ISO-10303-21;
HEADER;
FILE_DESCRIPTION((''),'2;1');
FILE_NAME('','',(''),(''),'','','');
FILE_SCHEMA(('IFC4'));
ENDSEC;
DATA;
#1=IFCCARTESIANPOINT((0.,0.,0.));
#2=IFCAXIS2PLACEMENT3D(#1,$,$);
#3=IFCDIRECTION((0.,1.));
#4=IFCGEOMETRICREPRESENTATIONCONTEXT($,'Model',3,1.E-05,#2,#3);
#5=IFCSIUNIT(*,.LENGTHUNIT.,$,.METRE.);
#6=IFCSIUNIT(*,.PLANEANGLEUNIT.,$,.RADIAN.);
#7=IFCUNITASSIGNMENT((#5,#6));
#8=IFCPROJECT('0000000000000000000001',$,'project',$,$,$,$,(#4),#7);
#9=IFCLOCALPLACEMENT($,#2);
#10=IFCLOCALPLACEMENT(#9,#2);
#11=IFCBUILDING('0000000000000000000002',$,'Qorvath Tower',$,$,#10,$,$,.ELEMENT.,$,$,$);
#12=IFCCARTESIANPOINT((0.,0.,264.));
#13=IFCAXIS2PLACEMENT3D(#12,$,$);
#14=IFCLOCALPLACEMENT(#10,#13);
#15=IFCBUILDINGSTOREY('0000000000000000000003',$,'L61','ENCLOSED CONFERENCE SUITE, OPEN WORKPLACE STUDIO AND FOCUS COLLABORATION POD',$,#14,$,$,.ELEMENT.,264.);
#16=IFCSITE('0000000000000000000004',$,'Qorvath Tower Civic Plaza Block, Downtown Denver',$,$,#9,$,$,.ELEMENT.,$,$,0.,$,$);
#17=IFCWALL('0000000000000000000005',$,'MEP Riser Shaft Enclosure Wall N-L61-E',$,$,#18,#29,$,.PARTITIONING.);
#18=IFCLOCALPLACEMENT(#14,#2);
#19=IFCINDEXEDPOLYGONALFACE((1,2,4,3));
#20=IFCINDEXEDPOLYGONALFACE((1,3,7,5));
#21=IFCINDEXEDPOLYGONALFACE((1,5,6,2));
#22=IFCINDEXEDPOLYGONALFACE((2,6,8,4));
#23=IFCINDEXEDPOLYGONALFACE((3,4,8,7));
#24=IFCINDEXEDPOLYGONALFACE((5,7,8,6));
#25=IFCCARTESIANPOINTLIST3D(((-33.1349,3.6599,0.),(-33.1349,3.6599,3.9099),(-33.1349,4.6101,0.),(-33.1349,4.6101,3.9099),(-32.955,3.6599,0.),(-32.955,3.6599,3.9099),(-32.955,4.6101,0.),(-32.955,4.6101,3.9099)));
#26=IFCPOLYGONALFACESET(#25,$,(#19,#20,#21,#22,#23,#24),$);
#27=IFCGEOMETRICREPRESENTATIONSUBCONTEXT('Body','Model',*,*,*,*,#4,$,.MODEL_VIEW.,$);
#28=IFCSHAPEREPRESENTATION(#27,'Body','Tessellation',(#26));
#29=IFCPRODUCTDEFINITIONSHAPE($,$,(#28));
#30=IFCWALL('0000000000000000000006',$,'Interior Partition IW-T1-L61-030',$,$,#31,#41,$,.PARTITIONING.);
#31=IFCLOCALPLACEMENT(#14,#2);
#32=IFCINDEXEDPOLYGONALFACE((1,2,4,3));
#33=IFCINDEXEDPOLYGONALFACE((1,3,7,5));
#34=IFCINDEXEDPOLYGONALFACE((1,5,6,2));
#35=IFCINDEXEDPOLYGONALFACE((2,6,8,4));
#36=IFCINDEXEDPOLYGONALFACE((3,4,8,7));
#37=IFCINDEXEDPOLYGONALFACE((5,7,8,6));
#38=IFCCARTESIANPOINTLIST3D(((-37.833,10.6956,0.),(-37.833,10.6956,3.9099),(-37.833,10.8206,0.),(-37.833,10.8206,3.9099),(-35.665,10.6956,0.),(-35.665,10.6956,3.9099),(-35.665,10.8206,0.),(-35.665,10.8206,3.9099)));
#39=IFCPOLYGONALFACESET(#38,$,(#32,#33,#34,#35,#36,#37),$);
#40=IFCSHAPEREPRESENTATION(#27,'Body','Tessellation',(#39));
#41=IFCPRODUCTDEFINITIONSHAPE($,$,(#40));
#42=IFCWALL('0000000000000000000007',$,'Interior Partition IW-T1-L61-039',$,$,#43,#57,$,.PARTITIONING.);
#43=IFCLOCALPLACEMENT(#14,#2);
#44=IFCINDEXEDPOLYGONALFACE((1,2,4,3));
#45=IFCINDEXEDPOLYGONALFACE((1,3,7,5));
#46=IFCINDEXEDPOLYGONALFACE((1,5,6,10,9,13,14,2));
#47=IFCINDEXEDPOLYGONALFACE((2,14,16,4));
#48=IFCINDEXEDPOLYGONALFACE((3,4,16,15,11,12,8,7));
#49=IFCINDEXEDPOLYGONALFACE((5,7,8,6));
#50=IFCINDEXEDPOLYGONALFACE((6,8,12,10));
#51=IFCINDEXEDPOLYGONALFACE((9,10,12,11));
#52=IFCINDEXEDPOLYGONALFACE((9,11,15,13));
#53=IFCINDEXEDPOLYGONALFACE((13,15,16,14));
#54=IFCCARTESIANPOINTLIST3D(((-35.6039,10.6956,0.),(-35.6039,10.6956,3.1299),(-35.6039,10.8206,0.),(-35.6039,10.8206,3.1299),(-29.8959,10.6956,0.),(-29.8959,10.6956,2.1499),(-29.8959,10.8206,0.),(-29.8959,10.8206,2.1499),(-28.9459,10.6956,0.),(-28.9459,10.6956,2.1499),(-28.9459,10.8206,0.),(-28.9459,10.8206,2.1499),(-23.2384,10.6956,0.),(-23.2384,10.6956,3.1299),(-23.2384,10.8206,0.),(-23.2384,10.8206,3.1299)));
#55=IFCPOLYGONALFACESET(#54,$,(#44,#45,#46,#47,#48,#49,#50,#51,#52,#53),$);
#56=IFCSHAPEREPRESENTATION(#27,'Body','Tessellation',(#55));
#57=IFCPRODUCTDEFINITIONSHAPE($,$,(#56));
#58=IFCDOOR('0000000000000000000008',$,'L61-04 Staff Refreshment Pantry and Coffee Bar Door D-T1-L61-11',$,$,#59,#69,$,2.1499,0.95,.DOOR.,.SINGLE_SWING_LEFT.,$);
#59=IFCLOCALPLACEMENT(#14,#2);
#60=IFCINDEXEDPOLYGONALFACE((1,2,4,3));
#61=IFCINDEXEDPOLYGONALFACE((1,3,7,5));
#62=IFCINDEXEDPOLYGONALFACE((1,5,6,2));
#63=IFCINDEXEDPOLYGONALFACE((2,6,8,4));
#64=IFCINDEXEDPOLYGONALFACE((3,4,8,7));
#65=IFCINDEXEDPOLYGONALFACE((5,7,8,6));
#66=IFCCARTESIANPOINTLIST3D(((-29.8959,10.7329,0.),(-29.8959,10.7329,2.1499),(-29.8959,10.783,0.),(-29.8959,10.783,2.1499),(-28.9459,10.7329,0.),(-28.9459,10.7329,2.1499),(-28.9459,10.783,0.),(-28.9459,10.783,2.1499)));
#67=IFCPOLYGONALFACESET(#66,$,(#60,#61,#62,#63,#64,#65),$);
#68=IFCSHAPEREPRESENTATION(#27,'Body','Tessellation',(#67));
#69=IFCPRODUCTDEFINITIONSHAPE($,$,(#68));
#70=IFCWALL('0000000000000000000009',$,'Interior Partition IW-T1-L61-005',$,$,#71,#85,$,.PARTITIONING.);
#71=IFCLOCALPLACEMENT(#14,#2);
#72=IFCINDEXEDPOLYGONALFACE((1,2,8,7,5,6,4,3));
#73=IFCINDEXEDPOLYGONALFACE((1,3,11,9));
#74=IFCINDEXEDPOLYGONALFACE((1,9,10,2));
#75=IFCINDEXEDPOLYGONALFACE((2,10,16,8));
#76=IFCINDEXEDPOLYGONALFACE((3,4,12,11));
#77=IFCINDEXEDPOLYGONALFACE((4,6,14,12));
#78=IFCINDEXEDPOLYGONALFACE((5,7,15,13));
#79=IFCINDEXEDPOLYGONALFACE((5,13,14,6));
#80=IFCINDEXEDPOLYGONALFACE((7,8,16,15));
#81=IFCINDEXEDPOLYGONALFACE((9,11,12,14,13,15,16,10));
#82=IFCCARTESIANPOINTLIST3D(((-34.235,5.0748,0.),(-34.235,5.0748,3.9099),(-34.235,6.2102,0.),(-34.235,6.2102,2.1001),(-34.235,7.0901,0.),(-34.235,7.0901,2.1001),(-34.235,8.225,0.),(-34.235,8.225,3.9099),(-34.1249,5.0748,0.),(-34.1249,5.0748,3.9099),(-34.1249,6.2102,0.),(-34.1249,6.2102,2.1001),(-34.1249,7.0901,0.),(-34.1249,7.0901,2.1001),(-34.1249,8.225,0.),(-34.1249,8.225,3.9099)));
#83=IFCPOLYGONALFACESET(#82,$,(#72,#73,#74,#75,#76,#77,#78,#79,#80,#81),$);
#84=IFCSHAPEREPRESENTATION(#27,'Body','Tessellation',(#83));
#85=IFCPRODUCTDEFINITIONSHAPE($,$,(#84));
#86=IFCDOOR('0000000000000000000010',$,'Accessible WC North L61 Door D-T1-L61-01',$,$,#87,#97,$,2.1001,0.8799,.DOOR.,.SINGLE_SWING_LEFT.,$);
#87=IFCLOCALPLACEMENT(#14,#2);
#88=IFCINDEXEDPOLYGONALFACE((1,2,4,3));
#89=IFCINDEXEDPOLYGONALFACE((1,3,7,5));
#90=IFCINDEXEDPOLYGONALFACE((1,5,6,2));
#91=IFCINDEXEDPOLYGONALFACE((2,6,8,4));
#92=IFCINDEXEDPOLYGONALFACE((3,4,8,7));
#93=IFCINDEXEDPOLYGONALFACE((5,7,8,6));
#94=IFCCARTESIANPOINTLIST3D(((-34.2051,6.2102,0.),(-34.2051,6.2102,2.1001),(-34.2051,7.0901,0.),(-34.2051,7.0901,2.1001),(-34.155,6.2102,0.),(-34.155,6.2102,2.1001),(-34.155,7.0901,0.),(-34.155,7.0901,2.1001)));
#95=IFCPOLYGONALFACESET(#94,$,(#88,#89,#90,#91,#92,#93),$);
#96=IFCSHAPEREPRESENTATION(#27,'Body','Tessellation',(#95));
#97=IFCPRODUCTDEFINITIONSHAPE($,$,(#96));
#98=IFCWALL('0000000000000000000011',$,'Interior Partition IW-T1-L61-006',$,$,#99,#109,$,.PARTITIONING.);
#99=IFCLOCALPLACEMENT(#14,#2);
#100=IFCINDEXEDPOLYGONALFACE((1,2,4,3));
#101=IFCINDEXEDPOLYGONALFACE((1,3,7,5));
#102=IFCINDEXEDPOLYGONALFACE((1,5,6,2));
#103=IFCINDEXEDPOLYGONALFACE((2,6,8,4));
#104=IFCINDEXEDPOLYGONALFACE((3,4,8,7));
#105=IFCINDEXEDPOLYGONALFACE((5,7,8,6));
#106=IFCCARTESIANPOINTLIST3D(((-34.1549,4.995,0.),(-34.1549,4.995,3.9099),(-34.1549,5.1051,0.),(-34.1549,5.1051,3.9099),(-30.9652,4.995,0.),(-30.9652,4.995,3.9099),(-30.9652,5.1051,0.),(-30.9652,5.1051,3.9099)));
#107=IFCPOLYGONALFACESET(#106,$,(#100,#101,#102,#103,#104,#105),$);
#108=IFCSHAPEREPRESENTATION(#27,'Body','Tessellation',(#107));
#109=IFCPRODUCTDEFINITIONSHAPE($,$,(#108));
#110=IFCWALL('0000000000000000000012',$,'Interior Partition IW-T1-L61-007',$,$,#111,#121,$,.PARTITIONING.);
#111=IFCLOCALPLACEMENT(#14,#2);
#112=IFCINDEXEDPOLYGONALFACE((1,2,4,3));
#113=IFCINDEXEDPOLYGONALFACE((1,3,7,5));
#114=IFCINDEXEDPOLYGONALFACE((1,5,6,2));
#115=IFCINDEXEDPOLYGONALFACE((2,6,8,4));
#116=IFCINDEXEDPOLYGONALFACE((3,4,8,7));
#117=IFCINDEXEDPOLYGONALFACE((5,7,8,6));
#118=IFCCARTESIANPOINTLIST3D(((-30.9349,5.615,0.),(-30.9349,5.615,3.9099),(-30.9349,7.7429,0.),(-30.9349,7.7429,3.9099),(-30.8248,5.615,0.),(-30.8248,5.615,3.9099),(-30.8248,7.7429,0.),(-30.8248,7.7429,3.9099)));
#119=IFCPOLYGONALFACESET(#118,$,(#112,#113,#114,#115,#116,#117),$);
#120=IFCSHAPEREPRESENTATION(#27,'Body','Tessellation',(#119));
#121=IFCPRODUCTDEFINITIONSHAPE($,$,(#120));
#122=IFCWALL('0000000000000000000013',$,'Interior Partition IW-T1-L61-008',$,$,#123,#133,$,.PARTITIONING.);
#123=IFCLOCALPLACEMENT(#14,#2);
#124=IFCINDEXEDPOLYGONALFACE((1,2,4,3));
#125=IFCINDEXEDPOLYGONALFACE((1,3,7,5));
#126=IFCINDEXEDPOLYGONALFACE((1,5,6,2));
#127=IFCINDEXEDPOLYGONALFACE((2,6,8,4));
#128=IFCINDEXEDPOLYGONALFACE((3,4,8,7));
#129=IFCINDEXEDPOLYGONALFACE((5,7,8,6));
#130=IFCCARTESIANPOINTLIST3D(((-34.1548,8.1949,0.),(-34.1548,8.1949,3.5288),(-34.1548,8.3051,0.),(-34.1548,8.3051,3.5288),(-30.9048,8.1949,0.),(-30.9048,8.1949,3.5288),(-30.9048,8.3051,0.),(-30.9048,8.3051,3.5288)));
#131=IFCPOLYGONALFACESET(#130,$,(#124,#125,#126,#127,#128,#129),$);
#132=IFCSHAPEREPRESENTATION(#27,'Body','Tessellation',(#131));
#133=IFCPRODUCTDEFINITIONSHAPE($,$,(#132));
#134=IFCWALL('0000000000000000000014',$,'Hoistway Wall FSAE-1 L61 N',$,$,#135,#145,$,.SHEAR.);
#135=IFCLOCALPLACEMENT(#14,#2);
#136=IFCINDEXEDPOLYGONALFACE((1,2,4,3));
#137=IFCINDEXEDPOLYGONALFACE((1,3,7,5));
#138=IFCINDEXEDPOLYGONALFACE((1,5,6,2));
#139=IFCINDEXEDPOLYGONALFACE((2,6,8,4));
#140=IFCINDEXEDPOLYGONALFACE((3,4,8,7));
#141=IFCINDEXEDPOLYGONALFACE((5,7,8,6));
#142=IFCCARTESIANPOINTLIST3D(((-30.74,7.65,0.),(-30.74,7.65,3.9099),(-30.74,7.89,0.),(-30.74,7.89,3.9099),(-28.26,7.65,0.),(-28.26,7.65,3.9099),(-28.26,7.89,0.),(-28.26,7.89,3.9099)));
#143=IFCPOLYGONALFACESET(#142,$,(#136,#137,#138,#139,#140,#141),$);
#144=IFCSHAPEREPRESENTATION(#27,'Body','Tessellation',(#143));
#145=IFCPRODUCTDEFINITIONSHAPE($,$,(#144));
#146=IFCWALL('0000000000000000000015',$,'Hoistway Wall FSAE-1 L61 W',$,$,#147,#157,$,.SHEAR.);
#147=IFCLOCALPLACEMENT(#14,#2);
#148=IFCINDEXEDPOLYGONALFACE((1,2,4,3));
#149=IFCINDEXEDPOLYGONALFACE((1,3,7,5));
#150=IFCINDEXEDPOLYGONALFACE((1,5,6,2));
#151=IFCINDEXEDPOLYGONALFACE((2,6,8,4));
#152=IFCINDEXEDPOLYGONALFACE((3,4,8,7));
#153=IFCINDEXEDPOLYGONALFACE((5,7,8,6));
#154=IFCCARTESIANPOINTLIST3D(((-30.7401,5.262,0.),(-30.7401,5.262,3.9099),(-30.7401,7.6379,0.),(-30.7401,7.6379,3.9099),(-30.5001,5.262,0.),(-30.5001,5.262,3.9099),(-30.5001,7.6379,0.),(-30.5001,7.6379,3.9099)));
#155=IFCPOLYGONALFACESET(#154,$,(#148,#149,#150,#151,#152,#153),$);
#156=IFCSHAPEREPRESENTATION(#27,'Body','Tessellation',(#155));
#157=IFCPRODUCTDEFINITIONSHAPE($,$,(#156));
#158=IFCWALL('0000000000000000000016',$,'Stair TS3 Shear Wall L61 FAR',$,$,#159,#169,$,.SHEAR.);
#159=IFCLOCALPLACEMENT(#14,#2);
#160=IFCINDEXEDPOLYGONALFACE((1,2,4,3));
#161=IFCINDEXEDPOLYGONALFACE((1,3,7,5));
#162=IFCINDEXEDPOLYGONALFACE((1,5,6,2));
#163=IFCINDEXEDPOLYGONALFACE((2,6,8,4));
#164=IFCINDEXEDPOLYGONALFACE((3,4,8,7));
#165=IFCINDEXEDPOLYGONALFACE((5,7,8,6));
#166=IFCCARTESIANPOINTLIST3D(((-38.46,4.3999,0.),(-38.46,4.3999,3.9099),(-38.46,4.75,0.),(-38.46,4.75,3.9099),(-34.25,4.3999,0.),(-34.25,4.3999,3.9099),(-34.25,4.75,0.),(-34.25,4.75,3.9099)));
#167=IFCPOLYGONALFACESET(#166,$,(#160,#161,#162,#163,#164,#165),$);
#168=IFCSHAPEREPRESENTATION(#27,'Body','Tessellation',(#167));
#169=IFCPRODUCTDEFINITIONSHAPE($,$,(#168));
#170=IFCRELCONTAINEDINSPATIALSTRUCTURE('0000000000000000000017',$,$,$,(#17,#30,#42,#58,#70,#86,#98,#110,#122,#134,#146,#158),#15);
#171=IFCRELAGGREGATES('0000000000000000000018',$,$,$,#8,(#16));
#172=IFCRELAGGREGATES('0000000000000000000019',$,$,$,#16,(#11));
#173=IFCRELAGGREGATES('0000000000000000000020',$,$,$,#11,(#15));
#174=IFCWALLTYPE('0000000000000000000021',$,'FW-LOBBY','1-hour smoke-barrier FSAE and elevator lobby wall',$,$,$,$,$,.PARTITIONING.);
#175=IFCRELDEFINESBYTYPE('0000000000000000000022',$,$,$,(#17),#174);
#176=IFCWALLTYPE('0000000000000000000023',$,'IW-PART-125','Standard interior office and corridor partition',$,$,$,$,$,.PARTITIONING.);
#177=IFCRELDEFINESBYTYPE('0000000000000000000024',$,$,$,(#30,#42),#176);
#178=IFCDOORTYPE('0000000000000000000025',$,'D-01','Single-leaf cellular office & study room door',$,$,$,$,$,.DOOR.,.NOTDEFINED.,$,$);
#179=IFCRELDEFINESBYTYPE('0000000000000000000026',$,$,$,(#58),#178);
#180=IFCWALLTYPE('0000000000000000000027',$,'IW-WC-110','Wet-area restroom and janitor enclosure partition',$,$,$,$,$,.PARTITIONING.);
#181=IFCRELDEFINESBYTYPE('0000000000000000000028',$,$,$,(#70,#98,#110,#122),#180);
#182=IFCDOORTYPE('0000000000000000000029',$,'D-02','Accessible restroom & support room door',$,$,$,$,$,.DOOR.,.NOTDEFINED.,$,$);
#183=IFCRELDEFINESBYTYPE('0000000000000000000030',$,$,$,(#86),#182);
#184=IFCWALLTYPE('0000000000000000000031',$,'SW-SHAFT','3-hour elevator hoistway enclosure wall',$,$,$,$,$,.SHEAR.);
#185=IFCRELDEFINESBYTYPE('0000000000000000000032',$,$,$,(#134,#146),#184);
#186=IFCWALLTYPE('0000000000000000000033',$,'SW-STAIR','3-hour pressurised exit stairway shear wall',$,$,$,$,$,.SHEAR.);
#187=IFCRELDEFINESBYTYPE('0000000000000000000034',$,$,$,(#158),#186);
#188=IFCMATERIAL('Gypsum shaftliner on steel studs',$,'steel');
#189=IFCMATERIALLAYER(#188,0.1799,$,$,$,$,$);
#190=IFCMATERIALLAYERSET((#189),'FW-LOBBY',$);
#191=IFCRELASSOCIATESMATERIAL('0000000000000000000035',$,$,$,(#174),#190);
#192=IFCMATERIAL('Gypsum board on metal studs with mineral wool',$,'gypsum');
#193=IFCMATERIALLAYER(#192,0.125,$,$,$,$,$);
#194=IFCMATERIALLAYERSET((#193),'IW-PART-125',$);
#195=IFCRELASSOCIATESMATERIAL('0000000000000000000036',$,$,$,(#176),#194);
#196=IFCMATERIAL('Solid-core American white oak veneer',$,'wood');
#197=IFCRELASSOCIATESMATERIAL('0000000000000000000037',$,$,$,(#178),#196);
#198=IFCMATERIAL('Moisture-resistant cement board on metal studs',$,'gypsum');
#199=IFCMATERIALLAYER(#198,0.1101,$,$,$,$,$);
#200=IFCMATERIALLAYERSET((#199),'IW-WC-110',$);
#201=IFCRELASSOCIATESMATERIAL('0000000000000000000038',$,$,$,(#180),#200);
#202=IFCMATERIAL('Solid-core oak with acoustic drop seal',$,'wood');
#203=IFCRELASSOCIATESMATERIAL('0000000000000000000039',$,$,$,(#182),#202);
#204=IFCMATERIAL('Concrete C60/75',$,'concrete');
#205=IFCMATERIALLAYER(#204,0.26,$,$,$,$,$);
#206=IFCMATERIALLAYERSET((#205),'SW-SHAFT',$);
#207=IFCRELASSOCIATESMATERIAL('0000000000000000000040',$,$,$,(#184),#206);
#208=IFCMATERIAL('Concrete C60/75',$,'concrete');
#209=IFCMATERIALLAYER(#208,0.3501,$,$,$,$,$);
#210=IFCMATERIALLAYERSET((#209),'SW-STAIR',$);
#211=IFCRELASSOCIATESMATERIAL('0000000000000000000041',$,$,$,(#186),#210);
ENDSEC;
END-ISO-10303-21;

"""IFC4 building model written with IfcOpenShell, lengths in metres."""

from ifc_helpers import new_model, si_unit, direction, frame, frame_2d, origin, place, context, subcontext, project, spatial, rectangle, extrude, material, layer, layer_set, type_object, element, fill, save


model = new_model("IFC4")

# Units and contexts
model_context = context("Model", 3, precision=1e-05, world=origin(), true_north=direction((0.0, 1.0)))
body_context = subcontext(model_context, "Body", "Model", "MODEL_VIEW")
ifc_project = project(units=[si_unit("LENGTHUNIT", "METRE"), si_unit("PLANEANGLEUNIT", "RADIAN")], contexts=[model_context])

# Site, building, storey
site_placement = place(None, origin())
site = spatial("IfcSite", under=ifc_project, at=site_placement, Name="Qorvath Tower Civic Plaza Block, Downtown Denver", CompositionType="ELEMENT", RefElevation=0.0)
building_placement = place(site_placement, origin())
building = spatial("IfcBuilding", under=site, at=building_placement, Name="Qorvath Tower", CompositionType="ELEMENT")
storey_placement = place(building_placement, frame((0.0, 0.0, 264.0)))
storey = spatial("IfcBuildingStorey", under=building, at=storey_placement, Name="L61", Description="ENCLOSED CONFERENCE SUITE, OPEN WORKPLACE STUDIO AND FOCUS COLLABORATION POD", CompositionType="ELEMENT", Elevation=264.0)

# Walls
ifc_material_1 = material(Name="Gypsum shaftliner on steel studs", Category="steel")
ifc_layer_1 = layer(ifc_material_1, 0.1799)
ifc_layer_set_1 = layer_set([ifc_layer_1], Name="FW-LOBBY")
wall_type_1 = type_object("IfcWallType", Name="FW-LOBBY", Description="1-hour smoke-barrier FSAE and elevator lobby wall", PredefinedType="PARTITIONING", material=ifc_layer_set_1)
for number, where, z_axis, x_axis, name in (
    (1, (-33.0449, 4.6101, 0.0), (0.0, 0.0, 1.0), (0.0, -1.0, 0.0), "MEP Riser Shaft Enclosure Wall N-L61-E"),
):
    element("IfcWall", number, at=place(storey_placement, frame(where, z_axis=z_axis, x_axis=x_axis)), inside=storey, type_object=wall_type_1, Name=name, PredefinedType="PARTITIONING", context=body_context, shape_type="SweptSolid", body=[
        extrude(rectangle(XDim=0.9502, YDim=0.1799, at=frame_2d((0.4751, 0.0))), origin(), (0.0, 0.0, 1.0), 3.9099),
    ])
ifc_material_2 = material(Name="Gypsum board on metal studs with mineral wool", Category="gypsum")
ifc_layer_2 = layer(ifc_material_2, 0.125)
ifc_layer_set_2 = layer_set([ifc_layer_2], Name="IW-PART-125")
wall_type_2 = type_object("IfcWallType", Name="IW-PART-125", Description="Standard interior office and corridor partition", PredefinedType="PARTITIONING", material=ifc_layer_set_2)
wall_1_placement = place(storey_placement, frame((-35.665, 10.7581, 0.0), z_axis=(0.0, 0.0, 1.0), x_axis=(-1.0, 0.0, 0.0)))
element("IfcWall", 2, at=wall_1_placement, inside=storey, type_object=wall_type_2, Name="Interior Partition IW-T1-L61-030", PredefinedType="PARTITIONING", context=body_context, shape_type="SweptSolid", body=[
    extrude(rectangle(XDim=2.168, YDim=0.125, at=frame_2d((1.084, 0.0))), origin(), (0.0, 0.0, 1.0), 3.9099),
])

# Walls, openings, doors
wall_2_placement = place(storey_placement, frame((-35.6038, 10.7581, 0.0), z_axis=(0.0, 0.0, 1.0), x_axis=(1.0, 0.0, 0.0)))
wall_2 = element("IfcWall", 3, at=wall_2_placement, inside=storey, type_object=wall_type_2, Name="Interior Partition IW-T1-L61-039", PredefinedType="PARTITIONING", context=body_context, shape_type="SweptSolid", body=[
    extrude(rectangle(XDim=12.3655, YDim=0.125, at=frame_2d((6.1826, 0.0))), origin(), (0.0, 0.0, 1.0), 3.1299),
])
opening_1_placement = place(wall_2_placement, frame((5.7078, 0.0, 0.0)))
opening_1 = element("IfcOpeningElement", 4, at=opening_1_placement, cuts=wall_2, PredefinedType="OPENING", context=body_context, shape_type="SweptSolid", body=[
    extrude(rectangle(XDim=0.95, YDim=2.1499, at=frame_2d((0.4751, 1.075))), frame((0.0, 0.0725, 0.0), z_axis=(0.0, -1.0, 0.0), x_axis=(1.0, 0.0, 0.0)), (0.0, 0.0, 1.0), 0.145),
])
ifc_material_3 = material(Name="Solid-core American white oak veneer", Category="wood")
door_type_1 = type_object("IfcDoorType", Name="D-01", Description="Single-leaf cellular office & study room door", OperationType="NOTDEFINED", PredefinedType="DOOR", material=ifc_material_3)
door_1_placement = place(opening_1_placement, origin())
door_1 = element("IfcDoor", 5, at=door_1_placement, inside=storey, type_object=door_type_1, Name="L61-04 Staff Refreshment Pantry and Coffee Bar Door D-T1-L61-11", OperationType="SINGLE_SWING_LEFT", OverallHeight=2.1499, OverallWidth=0.95, PredefinedType="DOOR", context=body_context, shape_type="SweptSolid", body=[
    extrude(rectangle(XDim=0.95, YDim=2.1499, at=frame_2d((0.4751, 1.075))), frame((0.0, 0.0249, 0.0), z_axis=(0.0, -1.0, 0.0), x_axis=(1.0, 0.0, 0.0)), (0.0, 0.0, 1.0), 0.05),
])
fill(opening_1, door_1)
ifc_material_4 = material(Name="Moisture-resistant cement board on metal studs", Category="gypsum")
ifc_layer_3 = layer(ifc_material_4, 0.1101)
ifc_layer_set_3 = layer_set([ifc_layer_3], Name="IW-WC-110")
wall_type_3 = type_object("IfcWallType", Name="IW-WC-110", Description="Wet-area restroom and janitor enclosure partition", PredefinedType="PARTITIONING", material=ifc_layer_set_3)
wall_3_placement = place(storey_placement, frame((-34.1799, 8.2251, 0.0), z_axis=(0.0, 0.0, 1.0), x_axis=(0.0, -1.0, 0.0)))
wall_3 = element("IfcWall", 6, at=wall_3_placement, inside=storey, type_object=wall_type_3, Name="Interior Partition IW-T1-L61-005", PredefinedType="PARTITIONING", context=body_context, shape_type="SweptSolid", body=[
    extrude(rectangle(XDim=3.1501, YDim=0.1101, at=frame_2d((1.5752, 0.0))), origin(), (0.0, 0.0, 1.0), 3.9099),
])
opening_2_placement = place(wall_3_placement, frame((1.135, 0.0, 0.0)))
opening_2 = element("IfcOpeningElement", 7, at=opening_2_placement, cuts=wall_3, PredefinedType="OPENING", context=body_context, shape_type="SweptSolid", body=[
    extrude(rectangle(XDim=0.8799, YDim=2.1001, at=frame_2d((0.4399, 1.05))), frame((0.0, 0.0649, 0.0), z_axis=(0.0, -1.0, 0.0), x_axis=(1.0, 0.0, 0.0)), (0.0, 0.0, 1.0), 0.1301),
])
ifc_material_5 = material(Name="Solid-core oak with acoustic drop seal", Category="wood")
door_type_2 = type_object("IfcDoorType", Name="D-02", Description="Accessible restroom & support room door", OperationType="NOTDEFINED", PredefinedType="DOOR", material=ifc_material_5)
door_2_placement = place(opening_2_placement, origin())
door_2 = element("IfcDoor", 8, at=door_2_placement, inside=storey, type_object=door_type_2, Name="Accessible WC North L61 Door D-T1-L61-01", OperationType="SINGLE_SWING_LEFT", OverallHeight=2.1001, OverallWidth=0.8799, PredefinedType="DOOR", context=body_context, shape_type="SweptSolid", body=[
    extrude(rectangle(XDim=0.8799, YDim=2.1001, at=frame_2d((0.4399, 1.05))), frame((0.0, 0.0249, 0.0), z_axis=(0.0, -1.0, 0.0), x_axis=(1.0, 0.0, 0.0)), (0.0, 0.0, 1.0), 0.05),
])
fill(opening_2, door_2)

# Walls
wall_4_placement = place(storey_placement, frame((-34.1548, 5.05, 0.0), z_axis=(0.0, 0.0, 1.0), x_axis=(1.0, 0.0, 0.0)))
element("IfcWall", 9, at=wall_4_placement, inside=storey, type_object=wall_type_3, Name="Interior Partition IW-T1-L61-006", PredefinedType="PARTITIONING", context=body_context, shape_type="SweptSolid", body=[
    extrude(rectangle(XDim=3.1897, YDim=0.1101, at=frame_2d((1.5947, 0.0))), origin(), (0.0, 0.0, 1.0), 3.9099),
])
wall_5_placement = place(storey_placement, frame((-30.8799, 5.615, 0.0), z_axis=(0.0, 0.0, 1.0), x_axis=(0.0, 1.0, 0.0)))
element("IfcWall", 10, at=wall_5_placement, inside=storey, type_object=wall_type_3, Name="Interior Partition IW-T1-L61-007", PredefinedType="PARTITIONING", context=body_context, shape_type="SweptSolid", body=[
    extrude(rectangle(XDim=2.1279, YDim=0.1101, at=frame_2d((1.064, 0.0))), origin(), (0.0, 0.0, 1.0), 3.9099),
])
wall_6_placement = place(storey_placement, frame((-30.9048, 8.25, 0.0), z_axis=(0.0, 0.0, 1.0), x_axis=(-1.0, 0.0, 0.0)))
element("IfcWall", 11, at=wall_6_placement, inside=storey, type_object=wall_type_3, Name="Interior Partition IW-T1-L61-008", PredefinedType="PARTITIONING", context=body_context, shape_type="SweptSolid", body=[
    extrude(rectangle(XDim=3.25, YDim=0.1101, at=frame_2d((1.625, 0.0))), origin(), (0.0, 0.0, 1.0), 3.5288),
])
ifc_material_6 = material(Name="Concrete C60/75", Category="concrete")
ifc_layer_4 = layer(ifc_material_6, 0.26)
ifc_layer_set_4 = layer_set([ifc_layer_4], Name="SW-SHAFT")
wall_type_4 = type_object("IfcWallType", Name="SW-SHAFT", Description="3-hour elevator hoistway enclosure wall", PredefinedType="SHEAR", material=ifc_layer_set_4)
wall_7_placement = place(storey_placement, frame((-30.74, 7.77, 0.0), z_axis=(0.0, 0.0, 1.0), x_axis=(1.0, 0.0, 0.0)))
element("IfcWall", 12, at=wall_7_placement, inside=storey, type_object=wall_type_4, Name="Hoistway Wall FSAE-1 L61 N", PredefinedType="SHEAR", context=body_context, shape_type="SweptSolid", body=[
    extrude(rectangle(XDim=2.48, YDim=0.24, at=frame_2d((1.24, 0.0))), origin(), (0.0, 0.0, 1.0), 3.9099),
])
wall_8_placement = place(storey_placement, frame((-30.6201, 5.262, 0.0), z_axis=(0.0, 0.0, 1.0), x_axis=(0.0, 1.0, 0.0)))
element("IfcWall", 13, at=wall_8_placement, inside=storey, type_object=wall_type_4, Name="Hoistway Wall FSAE-1 L61 W", PredefinedType="SHEAR", context=body_context, shape_type="SweptSolid", body=[
    extrude(rectangle(XDim=2.376, YDim=0.24, at=frame_2d((1.188, 0.0))), origin(), (0.0, 0.0, 1.0), 3.9099),
])
ifc_material_7 = material(Name="Concrete C60/75", Category="concrete")
ifc_layer_5 = layer(ifc_material_7, 0.3501)
ifc_layer_set_5 = layer_set([ifc_layer_5], Name="SW-STAIR")
wall_type_5 = type_object("IfcWallType", Name="SW-STAIR", Description="3-hour pressurised exit stairway shear wall", PredefinedType="SHEAR", material=ifc_layer_set_5)
wall_9_placement = place(storey_placement, frame((-34.25, 4.575, 0.0), z_axis=(0.0, 0.0, 1.0), x_axis=(-1.0, 0.0, 0.0)))
element("IfcWall", 14, at=wall_9_placement, inside=storey, type_object=wall_type_5, Name="Stair TS3 Shear Wall L61 FAR", PredefinedType="SHEAR", context=body_context, shape_type="SweptSolid", body=[
    extrude(rectangle(XDim=4.21, YDim=0.3501, at=frame_2d((2.105, 0.0))), origin(), (0.0, 0.0, 1.0), 3.9099),
])

save(model, "model.ifc")
